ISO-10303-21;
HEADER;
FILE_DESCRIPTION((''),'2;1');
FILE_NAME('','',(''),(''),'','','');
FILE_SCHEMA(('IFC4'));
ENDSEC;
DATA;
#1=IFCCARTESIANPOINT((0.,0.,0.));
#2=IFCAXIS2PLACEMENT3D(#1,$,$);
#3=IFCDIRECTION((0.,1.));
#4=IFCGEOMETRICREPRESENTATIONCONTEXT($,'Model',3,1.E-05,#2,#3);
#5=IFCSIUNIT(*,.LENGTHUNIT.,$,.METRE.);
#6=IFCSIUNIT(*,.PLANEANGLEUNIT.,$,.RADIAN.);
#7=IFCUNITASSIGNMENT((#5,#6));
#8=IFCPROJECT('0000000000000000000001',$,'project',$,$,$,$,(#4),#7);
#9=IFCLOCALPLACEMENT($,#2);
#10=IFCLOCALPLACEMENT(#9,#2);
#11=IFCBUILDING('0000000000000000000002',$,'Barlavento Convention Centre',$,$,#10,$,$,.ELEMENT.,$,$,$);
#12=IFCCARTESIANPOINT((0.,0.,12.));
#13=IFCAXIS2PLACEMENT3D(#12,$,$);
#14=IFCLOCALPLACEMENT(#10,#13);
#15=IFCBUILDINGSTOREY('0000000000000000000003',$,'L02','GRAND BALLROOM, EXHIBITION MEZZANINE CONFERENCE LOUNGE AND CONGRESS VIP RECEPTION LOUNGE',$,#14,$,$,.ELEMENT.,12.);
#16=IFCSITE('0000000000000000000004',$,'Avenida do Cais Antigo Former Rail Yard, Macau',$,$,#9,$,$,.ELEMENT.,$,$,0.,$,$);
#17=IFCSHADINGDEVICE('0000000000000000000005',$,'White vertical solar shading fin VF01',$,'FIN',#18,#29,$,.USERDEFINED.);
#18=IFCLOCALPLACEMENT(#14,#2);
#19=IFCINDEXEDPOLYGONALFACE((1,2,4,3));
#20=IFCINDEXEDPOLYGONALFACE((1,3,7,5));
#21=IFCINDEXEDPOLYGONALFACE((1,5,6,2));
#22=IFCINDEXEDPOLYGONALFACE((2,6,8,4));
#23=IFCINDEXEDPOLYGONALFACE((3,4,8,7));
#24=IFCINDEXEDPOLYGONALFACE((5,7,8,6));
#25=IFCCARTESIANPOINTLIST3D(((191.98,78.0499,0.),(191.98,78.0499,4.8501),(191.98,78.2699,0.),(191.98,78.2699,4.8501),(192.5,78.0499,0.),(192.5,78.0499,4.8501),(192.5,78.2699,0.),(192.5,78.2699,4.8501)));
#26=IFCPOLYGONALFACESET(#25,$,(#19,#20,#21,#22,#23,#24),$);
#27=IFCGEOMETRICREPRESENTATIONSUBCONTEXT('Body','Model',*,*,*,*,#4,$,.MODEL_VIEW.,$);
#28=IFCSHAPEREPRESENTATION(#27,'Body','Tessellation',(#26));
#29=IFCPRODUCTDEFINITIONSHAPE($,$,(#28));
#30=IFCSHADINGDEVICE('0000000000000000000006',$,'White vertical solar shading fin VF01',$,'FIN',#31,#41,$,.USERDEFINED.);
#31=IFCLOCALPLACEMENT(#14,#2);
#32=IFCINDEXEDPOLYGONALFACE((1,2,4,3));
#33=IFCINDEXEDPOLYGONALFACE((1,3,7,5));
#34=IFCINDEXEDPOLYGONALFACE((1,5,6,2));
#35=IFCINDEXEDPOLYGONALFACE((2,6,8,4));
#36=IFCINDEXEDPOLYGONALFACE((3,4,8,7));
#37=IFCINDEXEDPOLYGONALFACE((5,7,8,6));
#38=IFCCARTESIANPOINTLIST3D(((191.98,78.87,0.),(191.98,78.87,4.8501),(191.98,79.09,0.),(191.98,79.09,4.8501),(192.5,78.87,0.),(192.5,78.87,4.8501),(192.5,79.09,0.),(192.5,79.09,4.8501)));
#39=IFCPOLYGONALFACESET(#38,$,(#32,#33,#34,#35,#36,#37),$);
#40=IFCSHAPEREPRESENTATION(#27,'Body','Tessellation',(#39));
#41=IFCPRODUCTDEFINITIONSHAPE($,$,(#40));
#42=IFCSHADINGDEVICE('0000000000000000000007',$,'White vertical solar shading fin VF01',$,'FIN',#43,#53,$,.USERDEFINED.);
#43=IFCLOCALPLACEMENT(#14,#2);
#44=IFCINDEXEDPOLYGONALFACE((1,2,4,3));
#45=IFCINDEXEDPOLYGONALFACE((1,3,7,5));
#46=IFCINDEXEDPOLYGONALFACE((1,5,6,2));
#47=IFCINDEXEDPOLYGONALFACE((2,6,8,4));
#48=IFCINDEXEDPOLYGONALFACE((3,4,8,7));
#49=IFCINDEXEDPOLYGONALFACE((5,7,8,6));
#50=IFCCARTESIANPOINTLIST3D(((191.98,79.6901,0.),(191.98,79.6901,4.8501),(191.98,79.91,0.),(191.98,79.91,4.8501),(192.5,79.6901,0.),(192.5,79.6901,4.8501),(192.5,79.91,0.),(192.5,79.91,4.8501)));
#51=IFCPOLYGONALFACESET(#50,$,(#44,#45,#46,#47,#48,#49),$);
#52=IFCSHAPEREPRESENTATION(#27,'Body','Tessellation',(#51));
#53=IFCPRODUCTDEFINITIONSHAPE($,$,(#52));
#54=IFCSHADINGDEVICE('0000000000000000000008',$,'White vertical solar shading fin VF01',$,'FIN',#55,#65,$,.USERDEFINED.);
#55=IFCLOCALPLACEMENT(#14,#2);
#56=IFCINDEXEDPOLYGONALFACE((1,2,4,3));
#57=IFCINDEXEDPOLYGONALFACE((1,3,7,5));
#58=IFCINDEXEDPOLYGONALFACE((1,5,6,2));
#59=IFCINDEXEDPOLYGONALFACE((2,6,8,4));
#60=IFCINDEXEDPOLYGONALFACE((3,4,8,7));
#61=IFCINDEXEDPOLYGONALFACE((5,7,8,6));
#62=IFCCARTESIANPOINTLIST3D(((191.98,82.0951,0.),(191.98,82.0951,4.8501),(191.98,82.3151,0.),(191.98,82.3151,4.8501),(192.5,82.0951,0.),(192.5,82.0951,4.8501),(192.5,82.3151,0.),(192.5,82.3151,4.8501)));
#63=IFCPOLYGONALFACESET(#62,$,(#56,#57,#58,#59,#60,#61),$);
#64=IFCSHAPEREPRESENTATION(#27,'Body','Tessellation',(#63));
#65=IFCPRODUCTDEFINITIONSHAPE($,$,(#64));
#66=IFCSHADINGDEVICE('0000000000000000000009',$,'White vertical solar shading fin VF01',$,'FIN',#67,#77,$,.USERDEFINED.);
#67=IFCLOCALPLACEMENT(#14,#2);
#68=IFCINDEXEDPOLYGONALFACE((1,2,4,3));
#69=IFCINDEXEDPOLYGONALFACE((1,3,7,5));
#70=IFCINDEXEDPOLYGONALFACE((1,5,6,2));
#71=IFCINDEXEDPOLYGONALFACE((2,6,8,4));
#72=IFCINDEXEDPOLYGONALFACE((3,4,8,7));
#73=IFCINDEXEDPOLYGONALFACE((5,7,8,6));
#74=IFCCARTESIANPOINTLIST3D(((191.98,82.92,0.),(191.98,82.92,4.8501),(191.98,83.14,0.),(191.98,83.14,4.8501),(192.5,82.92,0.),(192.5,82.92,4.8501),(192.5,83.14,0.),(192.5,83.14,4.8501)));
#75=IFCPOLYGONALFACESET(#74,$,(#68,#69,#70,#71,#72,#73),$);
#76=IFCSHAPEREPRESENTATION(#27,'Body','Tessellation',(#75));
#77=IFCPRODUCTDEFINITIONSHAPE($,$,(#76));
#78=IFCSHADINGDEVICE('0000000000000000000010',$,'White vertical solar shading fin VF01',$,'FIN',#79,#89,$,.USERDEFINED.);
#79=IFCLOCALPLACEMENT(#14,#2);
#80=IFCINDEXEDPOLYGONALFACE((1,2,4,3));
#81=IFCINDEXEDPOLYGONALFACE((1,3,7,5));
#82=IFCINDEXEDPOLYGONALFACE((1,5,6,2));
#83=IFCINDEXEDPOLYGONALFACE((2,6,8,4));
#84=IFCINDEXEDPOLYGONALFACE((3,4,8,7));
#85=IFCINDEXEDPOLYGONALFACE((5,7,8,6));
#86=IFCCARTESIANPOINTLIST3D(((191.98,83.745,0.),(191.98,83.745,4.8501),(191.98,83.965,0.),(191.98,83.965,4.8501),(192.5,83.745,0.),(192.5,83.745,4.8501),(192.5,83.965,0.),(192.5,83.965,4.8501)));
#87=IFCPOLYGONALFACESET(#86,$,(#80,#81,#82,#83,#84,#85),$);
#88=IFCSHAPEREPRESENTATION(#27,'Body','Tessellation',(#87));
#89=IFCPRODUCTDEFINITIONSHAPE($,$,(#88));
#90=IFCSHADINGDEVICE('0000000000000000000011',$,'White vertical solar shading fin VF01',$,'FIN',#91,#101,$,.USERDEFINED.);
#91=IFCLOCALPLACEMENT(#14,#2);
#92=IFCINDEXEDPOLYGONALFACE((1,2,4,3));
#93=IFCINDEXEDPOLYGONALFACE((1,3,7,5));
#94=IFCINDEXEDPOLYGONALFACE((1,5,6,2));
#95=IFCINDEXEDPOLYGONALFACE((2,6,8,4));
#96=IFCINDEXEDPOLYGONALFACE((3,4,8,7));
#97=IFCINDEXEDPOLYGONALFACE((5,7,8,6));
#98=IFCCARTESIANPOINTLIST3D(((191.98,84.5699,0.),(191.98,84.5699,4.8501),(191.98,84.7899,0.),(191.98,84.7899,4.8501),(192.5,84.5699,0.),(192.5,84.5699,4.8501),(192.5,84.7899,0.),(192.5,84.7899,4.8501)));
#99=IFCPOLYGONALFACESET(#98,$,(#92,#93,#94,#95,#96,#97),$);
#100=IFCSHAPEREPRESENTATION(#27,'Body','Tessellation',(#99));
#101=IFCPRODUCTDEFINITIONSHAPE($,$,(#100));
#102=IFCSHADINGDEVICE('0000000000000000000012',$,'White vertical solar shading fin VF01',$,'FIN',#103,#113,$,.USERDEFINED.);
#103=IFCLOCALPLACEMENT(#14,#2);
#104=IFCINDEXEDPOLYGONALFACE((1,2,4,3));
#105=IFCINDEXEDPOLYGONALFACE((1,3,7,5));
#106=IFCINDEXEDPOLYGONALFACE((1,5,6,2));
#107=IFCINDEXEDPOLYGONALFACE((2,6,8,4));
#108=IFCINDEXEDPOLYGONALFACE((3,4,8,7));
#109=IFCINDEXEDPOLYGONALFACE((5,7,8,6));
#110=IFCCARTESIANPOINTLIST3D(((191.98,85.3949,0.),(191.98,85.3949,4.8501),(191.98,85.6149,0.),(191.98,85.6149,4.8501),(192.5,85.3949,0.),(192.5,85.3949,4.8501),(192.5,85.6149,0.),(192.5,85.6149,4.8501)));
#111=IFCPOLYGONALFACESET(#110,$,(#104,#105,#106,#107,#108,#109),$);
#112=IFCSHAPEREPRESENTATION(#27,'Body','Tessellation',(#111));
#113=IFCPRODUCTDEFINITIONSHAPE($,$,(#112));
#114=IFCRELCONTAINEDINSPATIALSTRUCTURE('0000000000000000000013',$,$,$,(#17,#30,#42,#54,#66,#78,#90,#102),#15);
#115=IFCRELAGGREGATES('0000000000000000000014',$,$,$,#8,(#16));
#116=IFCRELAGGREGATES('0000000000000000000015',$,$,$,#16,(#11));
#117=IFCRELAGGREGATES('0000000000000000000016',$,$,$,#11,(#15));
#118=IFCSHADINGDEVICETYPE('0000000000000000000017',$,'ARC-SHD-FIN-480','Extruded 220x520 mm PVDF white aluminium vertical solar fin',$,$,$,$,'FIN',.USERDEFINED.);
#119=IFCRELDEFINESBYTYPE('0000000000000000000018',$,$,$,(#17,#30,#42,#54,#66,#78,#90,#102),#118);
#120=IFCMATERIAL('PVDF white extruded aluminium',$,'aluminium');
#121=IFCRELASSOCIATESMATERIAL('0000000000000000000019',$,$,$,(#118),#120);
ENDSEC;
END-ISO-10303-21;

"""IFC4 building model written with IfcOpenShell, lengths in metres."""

from ifc_helpers import new_model, si_unit, direction, frame, origin, origin_2d, place, context, subcontext, project, spatial, rectangle, extrude, material, type_object, element, save


model = new_model("IFC4")

# Units and contexts
model_context = context("Model", 3, precision=1e-05, world=origin(), true_north=direction((0.0, 1.0)))
body_context = subcontext(model_context, "Body", "Model", "MODEL_VIEW")
ifc_project = project(units=[si_unit("LENGTHUNIT", "METRE"), si_unit("PLANEANGLEUNIT", "RADIAN")], contexts=[model_context])

# Site, building, storey
site_placement = place(None, origin())
site = spatial("IfcSite", under=ifc_project, at=site_placement, Name="Avenida do Cais Antigo Former Rail Yard, Macau", CompositionType="ELEMENT", RefElevation=0.0)
building_placement = place(site_placement, origin())
building = spatial("IfcBuilding", under=site, at=building_placement, Name="Barlavento Convention Centre", CompositionType="ELEMENT")
storey_placement = place(building_placement, frame((0.0, 0.0, 12.0)))
storey = spatial("IfcBuildingStorey", under=building, at=storey_placement, Name="L02", Description="GRAND BALLROOM, EXHIBITION MEZZANINE CONFERENCE LOUNGE AND CONGRESS VIP RECEPTION LOUNGE", CompositionType="ELEMENT", Elevation=12.0)

# Shading devices
ifc_material_1 = material(Name="PVDF white extruded aluminium", Category="aluminium")
shading_device_type = type_object("IfcShadingDeviceType", Name="ARC-SHD-FIN-480", Description="Extruded 220x520 mm PVDF white aluminium vertical solar fin", ElementType="FIN", PredefinedType="USERDEFINED", material=ifc_material_1)
for number, where, z_axis, x_axis, name in (
    (1, (192.24, 78.1599, 0.0), (0.0, 0.0, 1.0), (0.0, 1.0, 0.0), "White vertical solar shading fin VF01"),
    (2, (192.24, 78.98, 0.0), (0.0, 0.0, 1.0), (0.0, 1.0, 0.0), "White vertical solar shading fin VF01"),
    (3, (192.24, 79.8, 0.0), (0.0, 0.0, 1.0), (0.0, 1.0, 0.0), "White vertical solar shading fin VF01"),
    (4, (192.24, 82.2051, 0.0), (0.0, 0.0, 1.0), (0.0, 1.0, 0.0), "White vertical solar shading fin VF01"),
    (5, (192.24, 83.03, 0.0), (0.0, 0.0, 1.0), (0.0, 1.0, 0.0), "White vertical solar shading fin VF01"),
    (6, (192.24, 83.855, 0.0), (0.0, 0.0, 1.0), (0.0, 1.0, 0.0), "White vertical solar shading fin VF01"),
    (7, (192.24, 84.6799, 0.0), (0.0, 0.0, 1.0), (0.0, 1.0, 0.0), "White vertical solar shading fin VF01"),
    (8, (192.24, 85.5049, 0.0), (0.0, 0.0, 1.0), (0.0, 1.0, 0.0), "White vertical solar shading fin VF01"),
):
    element("IfcShadingDevice", number, at=place(storey_placement, frame(where, z_axis=z_axis, x_axis=x_axis)), inside=storey, type_object=shading_device_type, Name=name, ObjectType="FIN", PredefinedType="USERDEFINED", context=body_context, shape_type="SweptSolid", body=[
        extrude(rectangle(XDim=0.22, YDim=0.52, at=origin_2d()), origin(), (0.0, 0.0, 1.0), 4.8501),
    ])

save(model, "model.ifc")
